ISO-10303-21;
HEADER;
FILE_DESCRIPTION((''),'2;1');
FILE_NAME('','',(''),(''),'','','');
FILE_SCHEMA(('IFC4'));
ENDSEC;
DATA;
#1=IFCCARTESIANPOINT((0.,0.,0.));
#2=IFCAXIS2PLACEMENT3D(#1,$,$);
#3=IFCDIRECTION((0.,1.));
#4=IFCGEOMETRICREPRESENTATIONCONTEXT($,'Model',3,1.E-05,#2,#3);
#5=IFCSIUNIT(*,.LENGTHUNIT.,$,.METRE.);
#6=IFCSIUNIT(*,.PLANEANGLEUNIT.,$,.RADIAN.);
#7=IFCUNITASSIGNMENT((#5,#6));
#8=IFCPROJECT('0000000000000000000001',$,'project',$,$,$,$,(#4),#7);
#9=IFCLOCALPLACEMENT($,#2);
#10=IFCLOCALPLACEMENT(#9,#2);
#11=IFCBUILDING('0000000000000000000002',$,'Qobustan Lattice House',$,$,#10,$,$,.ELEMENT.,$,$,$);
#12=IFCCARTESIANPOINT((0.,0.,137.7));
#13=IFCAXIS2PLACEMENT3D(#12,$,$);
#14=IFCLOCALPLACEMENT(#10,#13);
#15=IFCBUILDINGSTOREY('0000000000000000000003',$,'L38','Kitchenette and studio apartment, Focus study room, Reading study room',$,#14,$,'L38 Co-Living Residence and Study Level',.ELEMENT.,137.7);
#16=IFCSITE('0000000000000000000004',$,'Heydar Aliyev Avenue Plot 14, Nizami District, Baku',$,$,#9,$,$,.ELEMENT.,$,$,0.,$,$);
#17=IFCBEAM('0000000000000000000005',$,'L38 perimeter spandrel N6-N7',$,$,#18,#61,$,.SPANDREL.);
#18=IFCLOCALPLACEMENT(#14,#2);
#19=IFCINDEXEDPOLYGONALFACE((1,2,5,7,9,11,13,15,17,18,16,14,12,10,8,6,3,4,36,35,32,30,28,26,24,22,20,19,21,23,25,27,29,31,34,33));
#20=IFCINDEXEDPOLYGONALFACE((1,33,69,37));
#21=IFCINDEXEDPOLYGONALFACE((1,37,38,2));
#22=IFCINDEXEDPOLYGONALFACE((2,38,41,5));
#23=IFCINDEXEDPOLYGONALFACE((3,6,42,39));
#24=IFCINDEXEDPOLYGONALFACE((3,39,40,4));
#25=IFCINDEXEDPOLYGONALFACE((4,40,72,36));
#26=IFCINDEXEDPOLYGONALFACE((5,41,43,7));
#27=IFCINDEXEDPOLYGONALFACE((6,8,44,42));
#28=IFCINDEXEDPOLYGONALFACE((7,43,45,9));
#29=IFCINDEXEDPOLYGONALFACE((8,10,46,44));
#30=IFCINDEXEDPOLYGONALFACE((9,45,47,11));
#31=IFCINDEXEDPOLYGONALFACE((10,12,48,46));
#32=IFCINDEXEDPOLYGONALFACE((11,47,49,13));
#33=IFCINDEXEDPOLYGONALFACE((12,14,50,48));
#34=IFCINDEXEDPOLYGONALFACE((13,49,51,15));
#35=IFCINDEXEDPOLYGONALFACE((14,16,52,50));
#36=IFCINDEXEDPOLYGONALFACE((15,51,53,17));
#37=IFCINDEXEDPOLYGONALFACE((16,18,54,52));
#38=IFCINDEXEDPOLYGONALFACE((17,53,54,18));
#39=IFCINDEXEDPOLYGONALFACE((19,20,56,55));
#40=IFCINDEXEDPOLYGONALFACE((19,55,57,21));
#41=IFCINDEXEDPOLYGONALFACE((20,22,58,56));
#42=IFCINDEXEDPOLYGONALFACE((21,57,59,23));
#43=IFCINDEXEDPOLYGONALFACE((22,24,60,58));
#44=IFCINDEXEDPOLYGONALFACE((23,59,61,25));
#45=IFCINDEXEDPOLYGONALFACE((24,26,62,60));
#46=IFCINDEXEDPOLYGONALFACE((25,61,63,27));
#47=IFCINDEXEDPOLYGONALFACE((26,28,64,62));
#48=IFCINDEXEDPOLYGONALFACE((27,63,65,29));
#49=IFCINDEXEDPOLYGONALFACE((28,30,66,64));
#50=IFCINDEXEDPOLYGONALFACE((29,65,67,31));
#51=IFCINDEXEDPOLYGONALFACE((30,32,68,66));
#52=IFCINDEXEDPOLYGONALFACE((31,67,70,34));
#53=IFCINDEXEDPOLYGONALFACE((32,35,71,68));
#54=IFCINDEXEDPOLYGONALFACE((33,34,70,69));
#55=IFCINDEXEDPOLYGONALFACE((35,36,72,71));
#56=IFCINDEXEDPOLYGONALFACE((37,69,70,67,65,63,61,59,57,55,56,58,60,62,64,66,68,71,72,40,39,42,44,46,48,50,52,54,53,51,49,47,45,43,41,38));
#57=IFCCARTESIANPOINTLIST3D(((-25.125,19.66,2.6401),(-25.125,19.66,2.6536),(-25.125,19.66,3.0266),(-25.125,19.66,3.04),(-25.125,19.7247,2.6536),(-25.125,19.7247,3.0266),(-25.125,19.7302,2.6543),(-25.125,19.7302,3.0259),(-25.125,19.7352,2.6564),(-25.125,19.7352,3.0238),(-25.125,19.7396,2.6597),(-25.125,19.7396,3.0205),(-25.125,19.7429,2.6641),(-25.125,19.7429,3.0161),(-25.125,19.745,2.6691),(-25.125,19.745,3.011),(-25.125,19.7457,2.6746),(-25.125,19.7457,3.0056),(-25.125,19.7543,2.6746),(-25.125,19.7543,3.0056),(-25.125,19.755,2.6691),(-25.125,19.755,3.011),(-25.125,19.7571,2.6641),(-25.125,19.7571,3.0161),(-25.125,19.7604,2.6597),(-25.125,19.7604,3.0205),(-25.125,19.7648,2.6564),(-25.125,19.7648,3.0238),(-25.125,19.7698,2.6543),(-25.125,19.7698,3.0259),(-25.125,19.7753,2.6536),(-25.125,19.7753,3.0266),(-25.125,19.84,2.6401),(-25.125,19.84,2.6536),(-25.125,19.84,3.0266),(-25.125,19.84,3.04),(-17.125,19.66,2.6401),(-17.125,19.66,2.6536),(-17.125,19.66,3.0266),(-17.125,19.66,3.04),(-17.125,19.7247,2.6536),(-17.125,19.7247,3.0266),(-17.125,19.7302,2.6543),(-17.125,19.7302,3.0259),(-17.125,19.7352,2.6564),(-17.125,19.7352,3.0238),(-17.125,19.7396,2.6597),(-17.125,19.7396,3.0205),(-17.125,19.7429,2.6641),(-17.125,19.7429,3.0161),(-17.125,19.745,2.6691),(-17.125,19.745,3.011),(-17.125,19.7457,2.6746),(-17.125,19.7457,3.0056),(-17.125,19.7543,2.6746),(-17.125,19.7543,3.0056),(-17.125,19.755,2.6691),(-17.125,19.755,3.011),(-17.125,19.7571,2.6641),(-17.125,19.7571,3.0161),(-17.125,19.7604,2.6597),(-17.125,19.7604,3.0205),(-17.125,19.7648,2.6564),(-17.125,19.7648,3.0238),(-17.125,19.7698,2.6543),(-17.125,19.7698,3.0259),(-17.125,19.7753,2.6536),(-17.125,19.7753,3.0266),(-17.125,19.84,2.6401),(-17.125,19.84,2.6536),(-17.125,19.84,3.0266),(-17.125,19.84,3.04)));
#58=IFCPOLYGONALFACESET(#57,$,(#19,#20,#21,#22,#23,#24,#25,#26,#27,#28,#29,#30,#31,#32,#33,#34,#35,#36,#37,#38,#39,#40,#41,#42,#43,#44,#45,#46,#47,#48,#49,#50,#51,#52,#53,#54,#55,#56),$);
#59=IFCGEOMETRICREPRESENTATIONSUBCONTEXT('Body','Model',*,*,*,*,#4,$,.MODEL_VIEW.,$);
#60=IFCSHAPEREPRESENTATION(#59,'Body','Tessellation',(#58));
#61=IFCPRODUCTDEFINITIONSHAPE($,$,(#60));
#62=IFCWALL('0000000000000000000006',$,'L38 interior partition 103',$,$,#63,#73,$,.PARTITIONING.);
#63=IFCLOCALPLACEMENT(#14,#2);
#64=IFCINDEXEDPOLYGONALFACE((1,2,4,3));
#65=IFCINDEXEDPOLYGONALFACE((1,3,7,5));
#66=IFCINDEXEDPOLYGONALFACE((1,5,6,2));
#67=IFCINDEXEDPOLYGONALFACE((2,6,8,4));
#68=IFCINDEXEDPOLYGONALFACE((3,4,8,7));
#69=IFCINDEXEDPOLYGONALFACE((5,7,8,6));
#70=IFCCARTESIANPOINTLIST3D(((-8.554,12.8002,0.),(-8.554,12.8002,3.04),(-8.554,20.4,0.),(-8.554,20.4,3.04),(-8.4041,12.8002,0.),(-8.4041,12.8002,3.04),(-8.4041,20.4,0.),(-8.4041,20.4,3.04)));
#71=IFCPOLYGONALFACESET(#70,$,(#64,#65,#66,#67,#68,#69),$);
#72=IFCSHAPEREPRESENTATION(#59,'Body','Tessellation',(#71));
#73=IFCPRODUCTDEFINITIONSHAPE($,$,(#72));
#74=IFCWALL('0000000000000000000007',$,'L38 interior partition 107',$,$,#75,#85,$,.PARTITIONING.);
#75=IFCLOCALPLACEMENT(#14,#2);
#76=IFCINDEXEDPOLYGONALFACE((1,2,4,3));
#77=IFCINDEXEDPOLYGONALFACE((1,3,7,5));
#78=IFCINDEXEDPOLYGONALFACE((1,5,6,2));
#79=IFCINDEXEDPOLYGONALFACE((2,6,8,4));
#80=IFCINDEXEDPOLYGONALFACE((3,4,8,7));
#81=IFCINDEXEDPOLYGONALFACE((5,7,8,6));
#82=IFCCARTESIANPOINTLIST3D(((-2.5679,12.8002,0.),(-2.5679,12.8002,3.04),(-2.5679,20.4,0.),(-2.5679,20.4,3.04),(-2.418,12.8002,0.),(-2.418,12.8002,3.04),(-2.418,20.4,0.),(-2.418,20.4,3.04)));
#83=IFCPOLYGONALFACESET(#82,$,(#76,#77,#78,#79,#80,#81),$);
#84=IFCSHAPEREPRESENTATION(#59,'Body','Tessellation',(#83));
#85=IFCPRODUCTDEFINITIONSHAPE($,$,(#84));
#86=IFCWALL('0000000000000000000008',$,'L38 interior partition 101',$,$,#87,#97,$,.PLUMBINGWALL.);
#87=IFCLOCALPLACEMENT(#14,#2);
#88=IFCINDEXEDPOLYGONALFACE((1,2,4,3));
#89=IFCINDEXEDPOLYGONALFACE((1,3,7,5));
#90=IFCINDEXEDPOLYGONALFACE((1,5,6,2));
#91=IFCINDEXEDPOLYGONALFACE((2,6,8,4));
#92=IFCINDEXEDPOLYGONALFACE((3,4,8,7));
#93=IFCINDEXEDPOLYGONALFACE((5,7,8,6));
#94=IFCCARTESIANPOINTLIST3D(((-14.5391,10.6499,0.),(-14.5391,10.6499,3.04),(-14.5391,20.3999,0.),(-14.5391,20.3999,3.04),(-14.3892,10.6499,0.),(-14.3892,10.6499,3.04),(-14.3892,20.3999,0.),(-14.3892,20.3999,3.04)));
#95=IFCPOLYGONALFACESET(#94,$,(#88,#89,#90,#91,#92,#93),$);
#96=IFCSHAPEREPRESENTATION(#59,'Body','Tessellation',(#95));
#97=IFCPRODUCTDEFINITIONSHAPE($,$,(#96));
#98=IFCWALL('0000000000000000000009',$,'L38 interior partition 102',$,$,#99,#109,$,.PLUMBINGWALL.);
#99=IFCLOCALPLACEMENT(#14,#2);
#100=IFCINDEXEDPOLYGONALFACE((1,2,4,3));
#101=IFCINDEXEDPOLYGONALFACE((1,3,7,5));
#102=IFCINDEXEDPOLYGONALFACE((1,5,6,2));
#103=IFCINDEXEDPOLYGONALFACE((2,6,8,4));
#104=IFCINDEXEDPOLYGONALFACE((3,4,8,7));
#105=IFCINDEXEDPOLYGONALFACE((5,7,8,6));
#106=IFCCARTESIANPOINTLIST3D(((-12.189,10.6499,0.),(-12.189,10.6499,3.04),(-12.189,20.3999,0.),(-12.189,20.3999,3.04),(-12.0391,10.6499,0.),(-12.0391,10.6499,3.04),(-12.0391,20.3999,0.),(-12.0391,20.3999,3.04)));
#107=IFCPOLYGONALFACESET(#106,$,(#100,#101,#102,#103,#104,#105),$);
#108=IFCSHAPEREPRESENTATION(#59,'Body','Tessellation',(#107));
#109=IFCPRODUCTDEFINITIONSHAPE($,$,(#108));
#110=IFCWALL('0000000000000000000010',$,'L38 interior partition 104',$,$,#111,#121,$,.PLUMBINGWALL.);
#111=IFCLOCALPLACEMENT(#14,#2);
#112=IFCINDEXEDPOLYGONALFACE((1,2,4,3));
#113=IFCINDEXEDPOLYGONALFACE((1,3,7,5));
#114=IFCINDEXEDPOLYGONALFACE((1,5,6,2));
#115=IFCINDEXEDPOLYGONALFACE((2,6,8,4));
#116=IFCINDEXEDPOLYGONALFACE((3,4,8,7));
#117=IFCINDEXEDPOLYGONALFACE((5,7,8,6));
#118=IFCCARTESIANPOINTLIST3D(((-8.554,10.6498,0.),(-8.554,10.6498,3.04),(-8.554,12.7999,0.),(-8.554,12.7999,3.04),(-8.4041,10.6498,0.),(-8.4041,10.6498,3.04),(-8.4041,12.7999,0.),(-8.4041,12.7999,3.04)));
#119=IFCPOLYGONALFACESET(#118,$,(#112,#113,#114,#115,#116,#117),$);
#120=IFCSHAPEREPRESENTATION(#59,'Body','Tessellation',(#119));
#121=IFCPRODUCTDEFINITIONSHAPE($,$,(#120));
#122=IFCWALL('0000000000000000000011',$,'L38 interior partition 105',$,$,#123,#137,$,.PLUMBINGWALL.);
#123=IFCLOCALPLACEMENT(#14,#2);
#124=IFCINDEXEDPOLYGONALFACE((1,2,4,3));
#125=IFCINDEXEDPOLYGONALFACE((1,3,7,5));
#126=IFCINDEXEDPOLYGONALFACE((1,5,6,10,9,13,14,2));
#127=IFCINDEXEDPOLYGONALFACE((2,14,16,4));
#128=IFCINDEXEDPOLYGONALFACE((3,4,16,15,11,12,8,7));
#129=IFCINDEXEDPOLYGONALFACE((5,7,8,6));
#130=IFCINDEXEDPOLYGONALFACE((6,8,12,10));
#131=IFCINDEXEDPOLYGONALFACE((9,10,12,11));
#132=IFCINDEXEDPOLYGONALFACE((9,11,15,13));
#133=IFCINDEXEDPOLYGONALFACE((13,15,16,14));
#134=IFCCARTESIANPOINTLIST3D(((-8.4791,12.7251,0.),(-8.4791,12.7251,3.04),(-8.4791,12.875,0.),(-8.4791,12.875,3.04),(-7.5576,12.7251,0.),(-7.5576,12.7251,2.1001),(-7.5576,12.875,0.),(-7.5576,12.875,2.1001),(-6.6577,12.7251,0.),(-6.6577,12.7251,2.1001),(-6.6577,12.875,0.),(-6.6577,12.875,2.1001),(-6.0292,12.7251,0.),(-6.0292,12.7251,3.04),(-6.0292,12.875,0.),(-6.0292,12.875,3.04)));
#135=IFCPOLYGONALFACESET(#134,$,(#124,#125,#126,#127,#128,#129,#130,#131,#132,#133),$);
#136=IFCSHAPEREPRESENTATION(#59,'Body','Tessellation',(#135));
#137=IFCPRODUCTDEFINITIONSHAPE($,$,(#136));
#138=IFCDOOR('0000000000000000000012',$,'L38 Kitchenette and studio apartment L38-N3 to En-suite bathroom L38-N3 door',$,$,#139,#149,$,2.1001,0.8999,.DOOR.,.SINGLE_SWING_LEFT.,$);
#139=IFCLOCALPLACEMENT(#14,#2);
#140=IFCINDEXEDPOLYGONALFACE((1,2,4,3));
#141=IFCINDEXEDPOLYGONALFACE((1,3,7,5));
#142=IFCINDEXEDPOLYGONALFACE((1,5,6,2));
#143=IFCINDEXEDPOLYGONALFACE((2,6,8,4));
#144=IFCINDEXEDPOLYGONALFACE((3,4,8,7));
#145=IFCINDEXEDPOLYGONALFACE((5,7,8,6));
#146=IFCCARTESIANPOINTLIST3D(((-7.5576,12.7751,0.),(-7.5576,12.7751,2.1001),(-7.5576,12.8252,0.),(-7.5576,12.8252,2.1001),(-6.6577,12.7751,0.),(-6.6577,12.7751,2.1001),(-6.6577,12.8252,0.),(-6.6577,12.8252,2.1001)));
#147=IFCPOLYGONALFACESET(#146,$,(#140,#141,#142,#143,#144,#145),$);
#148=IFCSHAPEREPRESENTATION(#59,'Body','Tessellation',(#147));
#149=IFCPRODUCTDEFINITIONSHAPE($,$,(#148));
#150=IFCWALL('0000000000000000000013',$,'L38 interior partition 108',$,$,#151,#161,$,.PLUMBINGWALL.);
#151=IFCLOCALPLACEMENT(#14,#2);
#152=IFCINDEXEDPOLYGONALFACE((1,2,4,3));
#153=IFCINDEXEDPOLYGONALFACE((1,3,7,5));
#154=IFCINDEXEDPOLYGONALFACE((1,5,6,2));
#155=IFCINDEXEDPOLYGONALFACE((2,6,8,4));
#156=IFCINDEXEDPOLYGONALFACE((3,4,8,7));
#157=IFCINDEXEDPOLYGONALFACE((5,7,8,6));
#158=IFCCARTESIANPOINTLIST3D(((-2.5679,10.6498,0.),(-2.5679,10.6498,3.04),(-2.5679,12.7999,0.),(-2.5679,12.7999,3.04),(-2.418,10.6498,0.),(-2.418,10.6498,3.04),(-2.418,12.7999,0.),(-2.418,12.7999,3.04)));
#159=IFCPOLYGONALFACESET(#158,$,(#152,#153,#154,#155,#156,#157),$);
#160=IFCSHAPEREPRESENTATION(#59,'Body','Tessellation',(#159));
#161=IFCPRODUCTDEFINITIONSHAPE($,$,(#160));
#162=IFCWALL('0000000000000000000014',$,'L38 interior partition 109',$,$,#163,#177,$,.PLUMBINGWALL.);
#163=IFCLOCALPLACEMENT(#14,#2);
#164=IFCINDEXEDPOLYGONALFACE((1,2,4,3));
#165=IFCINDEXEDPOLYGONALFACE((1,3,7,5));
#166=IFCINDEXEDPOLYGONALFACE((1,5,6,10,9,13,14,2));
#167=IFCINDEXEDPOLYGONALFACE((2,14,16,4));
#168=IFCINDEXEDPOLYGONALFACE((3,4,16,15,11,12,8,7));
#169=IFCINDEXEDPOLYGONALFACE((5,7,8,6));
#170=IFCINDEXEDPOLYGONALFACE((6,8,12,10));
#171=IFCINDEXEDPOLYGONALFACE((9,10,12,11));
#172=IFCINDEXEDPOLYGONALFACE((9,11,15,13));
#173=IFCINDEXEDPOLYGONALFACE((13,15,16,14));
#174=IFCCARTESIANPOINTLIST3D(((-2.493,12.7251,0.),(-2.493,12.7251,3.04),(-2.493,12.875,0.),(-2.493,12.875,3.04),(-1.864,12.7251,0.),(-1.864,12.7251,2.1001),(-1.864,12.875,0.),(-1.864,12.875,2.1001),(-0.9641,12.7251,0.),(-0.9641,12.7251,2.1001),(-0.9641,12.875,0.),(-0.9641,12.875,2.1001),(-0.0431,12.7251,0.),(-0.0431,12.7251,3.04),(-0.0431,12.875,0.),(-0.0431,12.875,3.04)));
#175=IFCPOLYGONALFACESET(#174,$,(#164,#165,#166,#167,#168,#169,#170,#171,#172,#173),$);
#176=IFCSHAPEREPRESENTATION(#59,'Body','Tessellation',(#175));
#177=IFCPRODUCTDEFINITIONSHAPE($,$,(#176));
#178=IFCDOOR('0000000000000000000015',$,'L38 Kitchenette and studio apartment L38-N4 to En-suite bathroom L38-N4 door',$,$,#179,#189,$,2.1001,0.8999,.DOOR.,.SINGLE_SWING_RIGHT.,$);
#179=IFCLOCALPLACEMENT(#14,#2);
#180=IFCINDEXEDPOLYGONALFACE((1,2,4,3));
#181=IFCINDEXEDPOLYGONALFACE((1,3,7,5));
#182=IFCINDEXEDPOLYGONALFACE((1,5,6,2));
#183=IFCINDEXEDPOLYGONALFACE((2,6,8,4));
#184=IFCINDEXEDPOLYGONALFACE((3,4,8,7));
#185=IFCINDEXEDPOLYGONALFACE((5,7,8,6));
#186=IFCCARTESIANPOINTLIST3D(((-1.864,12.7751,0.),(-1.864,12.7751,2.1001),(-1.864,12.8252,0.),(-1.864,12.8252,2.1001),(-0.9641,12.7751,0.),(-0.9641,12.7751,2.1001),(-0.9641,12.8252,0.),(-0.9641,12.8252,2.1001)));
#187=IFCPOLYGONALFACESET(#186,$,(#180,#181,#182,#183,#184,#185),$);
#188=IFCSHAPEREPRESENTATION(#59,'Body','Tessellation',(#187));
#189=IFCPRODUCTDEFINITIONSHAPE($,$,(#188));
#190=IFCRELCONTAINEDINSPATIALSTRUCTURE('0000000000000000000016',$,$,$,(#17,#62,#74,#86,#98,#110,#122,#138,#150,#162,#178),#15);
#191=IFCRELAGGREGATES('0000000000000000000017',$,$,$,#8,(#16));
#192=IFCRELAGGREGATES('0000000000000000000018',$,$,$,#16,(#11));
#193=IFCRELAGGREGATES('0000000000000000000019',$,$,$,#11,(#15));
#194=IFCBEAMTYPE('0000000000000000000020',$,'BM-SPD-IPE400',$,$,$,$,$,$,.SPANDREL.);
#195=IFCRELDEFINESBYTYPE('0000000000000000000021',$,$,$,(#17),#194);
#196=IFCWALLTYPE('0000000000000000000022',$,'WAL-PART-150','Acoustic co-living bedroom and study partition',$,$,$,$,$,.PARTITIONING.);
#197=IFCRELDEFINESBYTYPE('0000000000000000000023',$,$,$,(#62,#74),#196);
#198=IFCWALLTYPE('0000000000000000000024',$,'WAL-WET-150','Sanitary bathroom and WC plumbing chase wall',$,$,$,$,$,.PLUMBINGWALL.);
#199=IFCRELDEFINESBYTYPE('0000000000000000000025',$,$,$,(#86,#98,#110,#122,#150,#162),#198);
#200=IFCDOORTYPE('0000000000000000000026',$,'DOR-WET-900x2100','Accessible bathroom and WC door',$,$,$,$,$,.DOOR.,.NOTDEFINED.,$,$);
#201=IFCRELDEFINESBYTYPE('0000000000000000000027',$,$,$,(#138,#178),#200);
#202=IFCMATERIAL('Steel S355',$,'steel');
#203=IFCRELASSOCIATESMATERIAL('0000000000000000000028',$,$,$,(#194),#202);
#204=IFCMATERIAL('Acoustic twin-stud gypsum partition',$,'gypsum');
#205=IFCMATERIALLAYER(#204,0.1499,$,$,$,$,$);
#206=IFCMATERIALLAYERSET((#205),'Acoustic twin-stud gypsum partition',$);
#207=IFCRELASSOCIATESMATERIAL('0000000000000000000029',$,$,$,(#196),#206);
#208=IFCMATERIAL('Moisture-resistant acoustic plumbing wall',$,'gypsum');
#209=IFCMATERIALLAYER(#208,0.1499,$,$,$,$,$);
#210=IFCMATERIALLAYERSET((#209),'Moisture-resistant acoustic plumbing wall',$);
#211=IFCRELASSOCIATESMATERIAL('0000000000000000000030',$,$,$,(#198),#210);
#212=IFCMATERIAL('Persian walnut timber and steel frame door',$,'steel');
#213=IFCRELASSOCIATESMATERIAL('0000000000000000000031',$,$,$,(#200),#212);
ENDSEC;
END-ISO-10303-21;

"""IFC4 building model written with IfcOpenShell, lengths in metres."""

from ifc_helpers import new_model, si_unit, direction, frame, frame_2d, origin, origin_2d, place, context, subcontext, project, spatial, rectangle, i_section, extrude, material, layer, layer_set, material_profile, profile_set, type_object, element, fill, save


model = new_model("IFC4")

# Units and contexts
model_context = context("Model", 3, precision=1e-05, world=origin(), true_north=direction((0.0, 1.0)))
body_context = subcontext(model_context, "Body", "Model", "MODEL_VIEW")
ifc_project = project(units=[si_unit("LENGTHUNIT", "METRE"), si_unit("PLANEANGLEUNIT", "RADIAN")], contexts=[model_context])

# Site, building, storey
site_placement = place(None, origin())
site = spatial("IfcSite", under=ifc_project, at=site_placement, Name="Heydar Aliyev Avenue Plot 14, Nizami District, Baku", CompositionType="ELEMENT", RefElevation=0.0)
building_placement = place(site_placement, origin())
building = spatial("IfcBuilding", under=site, at=building_placement, Name="Qobustan Lattice House", CompositionType="ELEMENT")
storey_placement = place(building_placement, frame((0.0, 0.0, 137.7)))
storey = spatial("IfcBuildingStorey", under=building, at=storey_placement, Name="L38", Description="Kitchenette and studio apartment, Focus study room, Reading study room", LongName="L38 Co-Living Residence and Study Level", CompositionType="ELEMENT", Elevation=137.7)

# Beam
ifc_material_1 = material(Name="Steel S355", Category="steel")
ifc_material_profile_1 = material_profile(ifc_material_1, i_section(OverallWidth=0.1799, OverallDepth=0.3999, WebThickness=0.0085, FlangeThickness=0.0134, FilletRadius=0.021, at=origin_2d()), Name="IPE400")
ifc_profile_set_1 = profile_set([ifc_material_profile_1], Name="Steel S355")
beam_type_1 = type_object("IfcBeamType", Name="BM-SPD-IPE400", PredefinedType="SPANDREL", material=ifc_profile_set_1)
for number, where, z_axis, x_axis, name in (
    (1, (-17.125, 19.75, 2.8401), (-1.0, 0.0, 0.0), (0.0, -1.0, 0.0), "L38 perimeter spandrel N6-N7"),
):
    element("IfcBeam", number, at=place(storey_placement, frame(where, z_axis=z_axis, x_axis=x_axis)), inside=storey, type_object=beam_type_1, Name=name, PredefinedType="SPANDREL", context=body_context, shape_type="SweptSolid", body=[
        extrude(i_section(OverallWidth=0.1799, OverallDepth=0.3999, WebThickness=0.0085, FlangeThickness=0.0134, FilletRadius=0.021, at=origin_2d()), origin(), (0.0, 0.0, 1.0), 8.0),
    ])

# Walls
ifc_material_2 = material(Name="Acoustic twin-stud gypsum partition", Category="gypsum")
ifc_layer_1 = layer(ifc_material_2, 0.1499)
ifc_layer_set_1 = layer_set([ifc_layer_1], Name="Acoustic twin-stud gypsum partition")
wall_type_1 = type_object("IfcWallType", Name="WAL-PART-150", Description="Acoustic co-living bedroom and study partition", PredefinedType="PARTITIONING", material=ifc_layer_set_1)
for number, where, z_axis, x_axis, name in (
    (2, (-8.479, 20.3999, 0.0), (0.0, 0.0, 1.0), (0.0, -1.0, 0.0), "L38 interior partition 103"),
    (3, (-2.4929, 20.3999, 0.0), (0.0, 0.0, 1.0), (0.0, -1.0, 0.0), "L38 interior partition 107"),
):
    element("IfcWall", number, at=place(storey_placement, frame(where, z_axis=z_axis, x_axis=x_axis)), inside=storey, type_object=wall_type_1, Name=name, PredefinedType="PARTITIONING", context=body_context, shape_type="SweptSolid", body=[
        extrude(rectangle(XDim=7.5999, YDim=0.1499, at=frame_2d((3.7998, 0.0))), origin(), (0.0, 0.0, 1.0), 3.04),
    ])
ifc_material_3 = material(Name="Moisture-resistant acoustic plumbing wall", Category="gypsum")
ifc_layer_2 = layer(ifc_material_3, 0.1499)
ifc_layer_set_2 = layer_set([ifc_layer_2], Name="Moisture-resistant acoustic plumbing wall")
wall_type_2 = type_object("IfcWallType", Name="WAL-WET-150", Description="Sanitary bathroom and WC plumbing chase wall", PredefinedType="PLUMBINGWALL", material=ifc_layer_set_2)
for number, where, z_axis, x_axis, name in (
    (4, (-14.4641, 20.3999, 0.0), (0.0, 0.0, 1.0), (0.0, -1.0, 0.0), "L38 interior partition 101"),
    (5, (-12.114, 20.3999, 0.0), (0.0, 0.0, 1.0), (0.0, -1.0, 0.0), "L38 interior partition 102"),
):
    element("IfcWall", number, at=place(storey_placement, frame(where, z_axis=z_axis, x_axis=x_axis)), inside=storey, type_object=wall_type_2, Name=name, PredefinedType="PLUMBINGWALL", context=body_context, shape_type="SweptSolid", body=[
        extrude(rectangle(XDim=9.75, YDim=0.1499, at=frame_2d((4.875, 0.0))), origin(), (0.0, 0.0, 1.0), 3.04),
    ])
wall_1_placement = place(storey_placement, frame((-8.479, 12.8, 0.0), z_axis=(0.0, 0.0, 1.0), x_axis=(0.0, -1.0, 0.0)))
element("IfcWall", 6, at=wall_1_placement, inside=storey, type_object=wall_type_2, Name="L38 interior partition 104", PredefinedType="PLUMBINGWALL", context=body_context, shape_type="SweptSolid", body=[
    extrude(rectangle(XDim=2.1501, YDim=0.1499, at=frame_2d((1.0752, 0.0))), origin(), (0.0, 0.0, 1.0), 3.04),
])

# Wall, opening, door
wall_2_placement = place(storey_placement, frame((-6.0291, 12.8, 0.0), z_axis=(0.0, 0.0, 1.0), x_axis=(-1.0, 0.0, 0.0)))
wall_2 = element("IfcWall", 7, at=wall_2_placement, inside=storey, type_object=wall_type_2, Name="L38 interior partition 105", PredefinedType="PLUMBINGWALL", context=body_context, shape_type="SweptSolid", body=[
    extrude(rectangle(XDim=2.45, YDim=0.1499, at=frame_2d((1.2251, 0.0))), origin(), (0.0, 0.0, 1.0), 3.04),
])
opening_1_placement = place(wall_2_placement, frame((0.6287, 0.0, 0.0)))
opening_1 = element("IfcOpeningElement", 8, at=opening_1_placement, cuts=wall_2, PredefinedType="OPENING", context=body_context, shape_type="SweptSolid", body=[
    extrude(rectangle(XDim=0.8999, YDim=2.1001, at=frame_2d((0.45, 1.05))), frame((0.0, 0.085, 0.0), z_axis=(0.0, -1.0, 0.0), x_axis=(1.0, 0.0, 0.0)), (0.0, 0.0, 1.0), 0.1699),
])
ifc_material_4 = material(Name="Persian walnut timber and steel frame door", Category="steel")
door_type = type_object("IfcDoorType", Name="DOR-WET-900x2100", Description="Accessible bathroom and WC door", OperationType="NOTDEFINED", PredefinedType="DOOR", material=ifc_material_4)
door_1_placement = place(opening_1_placement, origin())
door_1 = element("IfcDoor", 9, at=door_1_placement, inside=storey, type_object=door_type, Name="L38 Kitchenette and studio apartment L38-N3 to En-suite bathroom L38-N3 door", OperationType="SINGLE_SWING_LEFT", OverallHeight=2.1001, OverallWidth=0.8999, PredefinedType="DOOR", context=body_context, shape_type="SweptSolid", body=[
    extrude(rectangle(XDim=0.8999, YDim=2.1001, at=frame_2d((0.45, 1.05))), frame((0.0, 0.0249, 0.0), z_axis=(0.0, -1.0, 0.0), x_axis=(1.0, 0.0, 0.0)), (0.0, 0.0, 1.0), 0.05),
])
fill(opening_1, door_1)

# Wall
wall_3_placement = place(storey_placement, frame((-2.4929, 12.8, 0.0), z_axis=(0.0, 0.0, 1.0), x_axis=(0.0, -1.0, 0.0)))
element("IfcWall", 10, at=wall_3_placement, inside=storey, type_object=wall_type_2, Name="L38 interior partition 108", PredefinedType="PLUMBINGWALL", context=body_context, shape_type="SweptSolid", body=[
    extrude(rectangle(XDim=2.1501, YDim=0.1499, at=frame_2d((1.0752, 0.0))), origin(), (0.0, 0.0, 1.0), 3.04),
])

# Wall, opening, door
wall_4_placement = place(storey_placement, frame((-0.043, 12.8, 0.0), z_axis=(0.0, 0.0, 1.0), x_axis=(-1.0, 0.0, 0.0)))
wall_4 = element("IfcWall", 11, at=wall_4_placement, inside=storey, type_object=wall_type_2, Name="L38 interior partition 109", PredefinedType="PLUMBINGWALL", context=body_context, shape_type="SweptSolid", body=[
    extrude(rectangle(XDim=2.45, YDim=0.1499, at=frame_2d((1.2251, 0.0))), origin(), (0.0, 0.0, 1.0), 3.04),
])
opening_2_placement = place(wall_4_placement, frame((0.9211, 0.0, 0.0)))
opening_2 = element("IfcOpeningElement", 12, at=opening_2_placement, cuts=wall_4, PredefinedType="OPENING", context=body_context, shape_type="SweptSolid", body=[
    extrude(rectangle(XDim=0.8999, YDim=2.1001, at=frame_2d((0.45, 1.05))), frame((0.0, 0.085, 0.0), z_axis=(0.0, -1.0, 0.0), x_axis=(1.0, 0.0, 0.0)), (0.0, 0.0, 1.0), 0.1699),
])
door_2_placement = place(opening_2_placement, origin())
door_2 = element("IfcDoor", 13, at=door_2_placement, inside=storey, type_object=door_type, Name="L38 Kitchenette and studio apartment L38-N4 to En-suite bathroom L38-N4 door", OperationType="SINGLE_SWING_RIGHT", OverallHeight=2.1001, OverallWidth=0.8999, PredefinedType="DOOR", context=body_context, shape_type="SweptSolid", body=[
    extrude(rectangle(XDim=0.8999, YDim=2.1001, at=frame_2d((0.45, 1.05))), frame((0.0, 0.0249, 0.0), z_axis=(0.0, -1.0, 0.0), x_axis=(1.0, 0.0, 0.0)), (0.0, 0.0, 1.0), 0.05),
])
fill(opening_2, door_2)

save(model, "model.ifc")
